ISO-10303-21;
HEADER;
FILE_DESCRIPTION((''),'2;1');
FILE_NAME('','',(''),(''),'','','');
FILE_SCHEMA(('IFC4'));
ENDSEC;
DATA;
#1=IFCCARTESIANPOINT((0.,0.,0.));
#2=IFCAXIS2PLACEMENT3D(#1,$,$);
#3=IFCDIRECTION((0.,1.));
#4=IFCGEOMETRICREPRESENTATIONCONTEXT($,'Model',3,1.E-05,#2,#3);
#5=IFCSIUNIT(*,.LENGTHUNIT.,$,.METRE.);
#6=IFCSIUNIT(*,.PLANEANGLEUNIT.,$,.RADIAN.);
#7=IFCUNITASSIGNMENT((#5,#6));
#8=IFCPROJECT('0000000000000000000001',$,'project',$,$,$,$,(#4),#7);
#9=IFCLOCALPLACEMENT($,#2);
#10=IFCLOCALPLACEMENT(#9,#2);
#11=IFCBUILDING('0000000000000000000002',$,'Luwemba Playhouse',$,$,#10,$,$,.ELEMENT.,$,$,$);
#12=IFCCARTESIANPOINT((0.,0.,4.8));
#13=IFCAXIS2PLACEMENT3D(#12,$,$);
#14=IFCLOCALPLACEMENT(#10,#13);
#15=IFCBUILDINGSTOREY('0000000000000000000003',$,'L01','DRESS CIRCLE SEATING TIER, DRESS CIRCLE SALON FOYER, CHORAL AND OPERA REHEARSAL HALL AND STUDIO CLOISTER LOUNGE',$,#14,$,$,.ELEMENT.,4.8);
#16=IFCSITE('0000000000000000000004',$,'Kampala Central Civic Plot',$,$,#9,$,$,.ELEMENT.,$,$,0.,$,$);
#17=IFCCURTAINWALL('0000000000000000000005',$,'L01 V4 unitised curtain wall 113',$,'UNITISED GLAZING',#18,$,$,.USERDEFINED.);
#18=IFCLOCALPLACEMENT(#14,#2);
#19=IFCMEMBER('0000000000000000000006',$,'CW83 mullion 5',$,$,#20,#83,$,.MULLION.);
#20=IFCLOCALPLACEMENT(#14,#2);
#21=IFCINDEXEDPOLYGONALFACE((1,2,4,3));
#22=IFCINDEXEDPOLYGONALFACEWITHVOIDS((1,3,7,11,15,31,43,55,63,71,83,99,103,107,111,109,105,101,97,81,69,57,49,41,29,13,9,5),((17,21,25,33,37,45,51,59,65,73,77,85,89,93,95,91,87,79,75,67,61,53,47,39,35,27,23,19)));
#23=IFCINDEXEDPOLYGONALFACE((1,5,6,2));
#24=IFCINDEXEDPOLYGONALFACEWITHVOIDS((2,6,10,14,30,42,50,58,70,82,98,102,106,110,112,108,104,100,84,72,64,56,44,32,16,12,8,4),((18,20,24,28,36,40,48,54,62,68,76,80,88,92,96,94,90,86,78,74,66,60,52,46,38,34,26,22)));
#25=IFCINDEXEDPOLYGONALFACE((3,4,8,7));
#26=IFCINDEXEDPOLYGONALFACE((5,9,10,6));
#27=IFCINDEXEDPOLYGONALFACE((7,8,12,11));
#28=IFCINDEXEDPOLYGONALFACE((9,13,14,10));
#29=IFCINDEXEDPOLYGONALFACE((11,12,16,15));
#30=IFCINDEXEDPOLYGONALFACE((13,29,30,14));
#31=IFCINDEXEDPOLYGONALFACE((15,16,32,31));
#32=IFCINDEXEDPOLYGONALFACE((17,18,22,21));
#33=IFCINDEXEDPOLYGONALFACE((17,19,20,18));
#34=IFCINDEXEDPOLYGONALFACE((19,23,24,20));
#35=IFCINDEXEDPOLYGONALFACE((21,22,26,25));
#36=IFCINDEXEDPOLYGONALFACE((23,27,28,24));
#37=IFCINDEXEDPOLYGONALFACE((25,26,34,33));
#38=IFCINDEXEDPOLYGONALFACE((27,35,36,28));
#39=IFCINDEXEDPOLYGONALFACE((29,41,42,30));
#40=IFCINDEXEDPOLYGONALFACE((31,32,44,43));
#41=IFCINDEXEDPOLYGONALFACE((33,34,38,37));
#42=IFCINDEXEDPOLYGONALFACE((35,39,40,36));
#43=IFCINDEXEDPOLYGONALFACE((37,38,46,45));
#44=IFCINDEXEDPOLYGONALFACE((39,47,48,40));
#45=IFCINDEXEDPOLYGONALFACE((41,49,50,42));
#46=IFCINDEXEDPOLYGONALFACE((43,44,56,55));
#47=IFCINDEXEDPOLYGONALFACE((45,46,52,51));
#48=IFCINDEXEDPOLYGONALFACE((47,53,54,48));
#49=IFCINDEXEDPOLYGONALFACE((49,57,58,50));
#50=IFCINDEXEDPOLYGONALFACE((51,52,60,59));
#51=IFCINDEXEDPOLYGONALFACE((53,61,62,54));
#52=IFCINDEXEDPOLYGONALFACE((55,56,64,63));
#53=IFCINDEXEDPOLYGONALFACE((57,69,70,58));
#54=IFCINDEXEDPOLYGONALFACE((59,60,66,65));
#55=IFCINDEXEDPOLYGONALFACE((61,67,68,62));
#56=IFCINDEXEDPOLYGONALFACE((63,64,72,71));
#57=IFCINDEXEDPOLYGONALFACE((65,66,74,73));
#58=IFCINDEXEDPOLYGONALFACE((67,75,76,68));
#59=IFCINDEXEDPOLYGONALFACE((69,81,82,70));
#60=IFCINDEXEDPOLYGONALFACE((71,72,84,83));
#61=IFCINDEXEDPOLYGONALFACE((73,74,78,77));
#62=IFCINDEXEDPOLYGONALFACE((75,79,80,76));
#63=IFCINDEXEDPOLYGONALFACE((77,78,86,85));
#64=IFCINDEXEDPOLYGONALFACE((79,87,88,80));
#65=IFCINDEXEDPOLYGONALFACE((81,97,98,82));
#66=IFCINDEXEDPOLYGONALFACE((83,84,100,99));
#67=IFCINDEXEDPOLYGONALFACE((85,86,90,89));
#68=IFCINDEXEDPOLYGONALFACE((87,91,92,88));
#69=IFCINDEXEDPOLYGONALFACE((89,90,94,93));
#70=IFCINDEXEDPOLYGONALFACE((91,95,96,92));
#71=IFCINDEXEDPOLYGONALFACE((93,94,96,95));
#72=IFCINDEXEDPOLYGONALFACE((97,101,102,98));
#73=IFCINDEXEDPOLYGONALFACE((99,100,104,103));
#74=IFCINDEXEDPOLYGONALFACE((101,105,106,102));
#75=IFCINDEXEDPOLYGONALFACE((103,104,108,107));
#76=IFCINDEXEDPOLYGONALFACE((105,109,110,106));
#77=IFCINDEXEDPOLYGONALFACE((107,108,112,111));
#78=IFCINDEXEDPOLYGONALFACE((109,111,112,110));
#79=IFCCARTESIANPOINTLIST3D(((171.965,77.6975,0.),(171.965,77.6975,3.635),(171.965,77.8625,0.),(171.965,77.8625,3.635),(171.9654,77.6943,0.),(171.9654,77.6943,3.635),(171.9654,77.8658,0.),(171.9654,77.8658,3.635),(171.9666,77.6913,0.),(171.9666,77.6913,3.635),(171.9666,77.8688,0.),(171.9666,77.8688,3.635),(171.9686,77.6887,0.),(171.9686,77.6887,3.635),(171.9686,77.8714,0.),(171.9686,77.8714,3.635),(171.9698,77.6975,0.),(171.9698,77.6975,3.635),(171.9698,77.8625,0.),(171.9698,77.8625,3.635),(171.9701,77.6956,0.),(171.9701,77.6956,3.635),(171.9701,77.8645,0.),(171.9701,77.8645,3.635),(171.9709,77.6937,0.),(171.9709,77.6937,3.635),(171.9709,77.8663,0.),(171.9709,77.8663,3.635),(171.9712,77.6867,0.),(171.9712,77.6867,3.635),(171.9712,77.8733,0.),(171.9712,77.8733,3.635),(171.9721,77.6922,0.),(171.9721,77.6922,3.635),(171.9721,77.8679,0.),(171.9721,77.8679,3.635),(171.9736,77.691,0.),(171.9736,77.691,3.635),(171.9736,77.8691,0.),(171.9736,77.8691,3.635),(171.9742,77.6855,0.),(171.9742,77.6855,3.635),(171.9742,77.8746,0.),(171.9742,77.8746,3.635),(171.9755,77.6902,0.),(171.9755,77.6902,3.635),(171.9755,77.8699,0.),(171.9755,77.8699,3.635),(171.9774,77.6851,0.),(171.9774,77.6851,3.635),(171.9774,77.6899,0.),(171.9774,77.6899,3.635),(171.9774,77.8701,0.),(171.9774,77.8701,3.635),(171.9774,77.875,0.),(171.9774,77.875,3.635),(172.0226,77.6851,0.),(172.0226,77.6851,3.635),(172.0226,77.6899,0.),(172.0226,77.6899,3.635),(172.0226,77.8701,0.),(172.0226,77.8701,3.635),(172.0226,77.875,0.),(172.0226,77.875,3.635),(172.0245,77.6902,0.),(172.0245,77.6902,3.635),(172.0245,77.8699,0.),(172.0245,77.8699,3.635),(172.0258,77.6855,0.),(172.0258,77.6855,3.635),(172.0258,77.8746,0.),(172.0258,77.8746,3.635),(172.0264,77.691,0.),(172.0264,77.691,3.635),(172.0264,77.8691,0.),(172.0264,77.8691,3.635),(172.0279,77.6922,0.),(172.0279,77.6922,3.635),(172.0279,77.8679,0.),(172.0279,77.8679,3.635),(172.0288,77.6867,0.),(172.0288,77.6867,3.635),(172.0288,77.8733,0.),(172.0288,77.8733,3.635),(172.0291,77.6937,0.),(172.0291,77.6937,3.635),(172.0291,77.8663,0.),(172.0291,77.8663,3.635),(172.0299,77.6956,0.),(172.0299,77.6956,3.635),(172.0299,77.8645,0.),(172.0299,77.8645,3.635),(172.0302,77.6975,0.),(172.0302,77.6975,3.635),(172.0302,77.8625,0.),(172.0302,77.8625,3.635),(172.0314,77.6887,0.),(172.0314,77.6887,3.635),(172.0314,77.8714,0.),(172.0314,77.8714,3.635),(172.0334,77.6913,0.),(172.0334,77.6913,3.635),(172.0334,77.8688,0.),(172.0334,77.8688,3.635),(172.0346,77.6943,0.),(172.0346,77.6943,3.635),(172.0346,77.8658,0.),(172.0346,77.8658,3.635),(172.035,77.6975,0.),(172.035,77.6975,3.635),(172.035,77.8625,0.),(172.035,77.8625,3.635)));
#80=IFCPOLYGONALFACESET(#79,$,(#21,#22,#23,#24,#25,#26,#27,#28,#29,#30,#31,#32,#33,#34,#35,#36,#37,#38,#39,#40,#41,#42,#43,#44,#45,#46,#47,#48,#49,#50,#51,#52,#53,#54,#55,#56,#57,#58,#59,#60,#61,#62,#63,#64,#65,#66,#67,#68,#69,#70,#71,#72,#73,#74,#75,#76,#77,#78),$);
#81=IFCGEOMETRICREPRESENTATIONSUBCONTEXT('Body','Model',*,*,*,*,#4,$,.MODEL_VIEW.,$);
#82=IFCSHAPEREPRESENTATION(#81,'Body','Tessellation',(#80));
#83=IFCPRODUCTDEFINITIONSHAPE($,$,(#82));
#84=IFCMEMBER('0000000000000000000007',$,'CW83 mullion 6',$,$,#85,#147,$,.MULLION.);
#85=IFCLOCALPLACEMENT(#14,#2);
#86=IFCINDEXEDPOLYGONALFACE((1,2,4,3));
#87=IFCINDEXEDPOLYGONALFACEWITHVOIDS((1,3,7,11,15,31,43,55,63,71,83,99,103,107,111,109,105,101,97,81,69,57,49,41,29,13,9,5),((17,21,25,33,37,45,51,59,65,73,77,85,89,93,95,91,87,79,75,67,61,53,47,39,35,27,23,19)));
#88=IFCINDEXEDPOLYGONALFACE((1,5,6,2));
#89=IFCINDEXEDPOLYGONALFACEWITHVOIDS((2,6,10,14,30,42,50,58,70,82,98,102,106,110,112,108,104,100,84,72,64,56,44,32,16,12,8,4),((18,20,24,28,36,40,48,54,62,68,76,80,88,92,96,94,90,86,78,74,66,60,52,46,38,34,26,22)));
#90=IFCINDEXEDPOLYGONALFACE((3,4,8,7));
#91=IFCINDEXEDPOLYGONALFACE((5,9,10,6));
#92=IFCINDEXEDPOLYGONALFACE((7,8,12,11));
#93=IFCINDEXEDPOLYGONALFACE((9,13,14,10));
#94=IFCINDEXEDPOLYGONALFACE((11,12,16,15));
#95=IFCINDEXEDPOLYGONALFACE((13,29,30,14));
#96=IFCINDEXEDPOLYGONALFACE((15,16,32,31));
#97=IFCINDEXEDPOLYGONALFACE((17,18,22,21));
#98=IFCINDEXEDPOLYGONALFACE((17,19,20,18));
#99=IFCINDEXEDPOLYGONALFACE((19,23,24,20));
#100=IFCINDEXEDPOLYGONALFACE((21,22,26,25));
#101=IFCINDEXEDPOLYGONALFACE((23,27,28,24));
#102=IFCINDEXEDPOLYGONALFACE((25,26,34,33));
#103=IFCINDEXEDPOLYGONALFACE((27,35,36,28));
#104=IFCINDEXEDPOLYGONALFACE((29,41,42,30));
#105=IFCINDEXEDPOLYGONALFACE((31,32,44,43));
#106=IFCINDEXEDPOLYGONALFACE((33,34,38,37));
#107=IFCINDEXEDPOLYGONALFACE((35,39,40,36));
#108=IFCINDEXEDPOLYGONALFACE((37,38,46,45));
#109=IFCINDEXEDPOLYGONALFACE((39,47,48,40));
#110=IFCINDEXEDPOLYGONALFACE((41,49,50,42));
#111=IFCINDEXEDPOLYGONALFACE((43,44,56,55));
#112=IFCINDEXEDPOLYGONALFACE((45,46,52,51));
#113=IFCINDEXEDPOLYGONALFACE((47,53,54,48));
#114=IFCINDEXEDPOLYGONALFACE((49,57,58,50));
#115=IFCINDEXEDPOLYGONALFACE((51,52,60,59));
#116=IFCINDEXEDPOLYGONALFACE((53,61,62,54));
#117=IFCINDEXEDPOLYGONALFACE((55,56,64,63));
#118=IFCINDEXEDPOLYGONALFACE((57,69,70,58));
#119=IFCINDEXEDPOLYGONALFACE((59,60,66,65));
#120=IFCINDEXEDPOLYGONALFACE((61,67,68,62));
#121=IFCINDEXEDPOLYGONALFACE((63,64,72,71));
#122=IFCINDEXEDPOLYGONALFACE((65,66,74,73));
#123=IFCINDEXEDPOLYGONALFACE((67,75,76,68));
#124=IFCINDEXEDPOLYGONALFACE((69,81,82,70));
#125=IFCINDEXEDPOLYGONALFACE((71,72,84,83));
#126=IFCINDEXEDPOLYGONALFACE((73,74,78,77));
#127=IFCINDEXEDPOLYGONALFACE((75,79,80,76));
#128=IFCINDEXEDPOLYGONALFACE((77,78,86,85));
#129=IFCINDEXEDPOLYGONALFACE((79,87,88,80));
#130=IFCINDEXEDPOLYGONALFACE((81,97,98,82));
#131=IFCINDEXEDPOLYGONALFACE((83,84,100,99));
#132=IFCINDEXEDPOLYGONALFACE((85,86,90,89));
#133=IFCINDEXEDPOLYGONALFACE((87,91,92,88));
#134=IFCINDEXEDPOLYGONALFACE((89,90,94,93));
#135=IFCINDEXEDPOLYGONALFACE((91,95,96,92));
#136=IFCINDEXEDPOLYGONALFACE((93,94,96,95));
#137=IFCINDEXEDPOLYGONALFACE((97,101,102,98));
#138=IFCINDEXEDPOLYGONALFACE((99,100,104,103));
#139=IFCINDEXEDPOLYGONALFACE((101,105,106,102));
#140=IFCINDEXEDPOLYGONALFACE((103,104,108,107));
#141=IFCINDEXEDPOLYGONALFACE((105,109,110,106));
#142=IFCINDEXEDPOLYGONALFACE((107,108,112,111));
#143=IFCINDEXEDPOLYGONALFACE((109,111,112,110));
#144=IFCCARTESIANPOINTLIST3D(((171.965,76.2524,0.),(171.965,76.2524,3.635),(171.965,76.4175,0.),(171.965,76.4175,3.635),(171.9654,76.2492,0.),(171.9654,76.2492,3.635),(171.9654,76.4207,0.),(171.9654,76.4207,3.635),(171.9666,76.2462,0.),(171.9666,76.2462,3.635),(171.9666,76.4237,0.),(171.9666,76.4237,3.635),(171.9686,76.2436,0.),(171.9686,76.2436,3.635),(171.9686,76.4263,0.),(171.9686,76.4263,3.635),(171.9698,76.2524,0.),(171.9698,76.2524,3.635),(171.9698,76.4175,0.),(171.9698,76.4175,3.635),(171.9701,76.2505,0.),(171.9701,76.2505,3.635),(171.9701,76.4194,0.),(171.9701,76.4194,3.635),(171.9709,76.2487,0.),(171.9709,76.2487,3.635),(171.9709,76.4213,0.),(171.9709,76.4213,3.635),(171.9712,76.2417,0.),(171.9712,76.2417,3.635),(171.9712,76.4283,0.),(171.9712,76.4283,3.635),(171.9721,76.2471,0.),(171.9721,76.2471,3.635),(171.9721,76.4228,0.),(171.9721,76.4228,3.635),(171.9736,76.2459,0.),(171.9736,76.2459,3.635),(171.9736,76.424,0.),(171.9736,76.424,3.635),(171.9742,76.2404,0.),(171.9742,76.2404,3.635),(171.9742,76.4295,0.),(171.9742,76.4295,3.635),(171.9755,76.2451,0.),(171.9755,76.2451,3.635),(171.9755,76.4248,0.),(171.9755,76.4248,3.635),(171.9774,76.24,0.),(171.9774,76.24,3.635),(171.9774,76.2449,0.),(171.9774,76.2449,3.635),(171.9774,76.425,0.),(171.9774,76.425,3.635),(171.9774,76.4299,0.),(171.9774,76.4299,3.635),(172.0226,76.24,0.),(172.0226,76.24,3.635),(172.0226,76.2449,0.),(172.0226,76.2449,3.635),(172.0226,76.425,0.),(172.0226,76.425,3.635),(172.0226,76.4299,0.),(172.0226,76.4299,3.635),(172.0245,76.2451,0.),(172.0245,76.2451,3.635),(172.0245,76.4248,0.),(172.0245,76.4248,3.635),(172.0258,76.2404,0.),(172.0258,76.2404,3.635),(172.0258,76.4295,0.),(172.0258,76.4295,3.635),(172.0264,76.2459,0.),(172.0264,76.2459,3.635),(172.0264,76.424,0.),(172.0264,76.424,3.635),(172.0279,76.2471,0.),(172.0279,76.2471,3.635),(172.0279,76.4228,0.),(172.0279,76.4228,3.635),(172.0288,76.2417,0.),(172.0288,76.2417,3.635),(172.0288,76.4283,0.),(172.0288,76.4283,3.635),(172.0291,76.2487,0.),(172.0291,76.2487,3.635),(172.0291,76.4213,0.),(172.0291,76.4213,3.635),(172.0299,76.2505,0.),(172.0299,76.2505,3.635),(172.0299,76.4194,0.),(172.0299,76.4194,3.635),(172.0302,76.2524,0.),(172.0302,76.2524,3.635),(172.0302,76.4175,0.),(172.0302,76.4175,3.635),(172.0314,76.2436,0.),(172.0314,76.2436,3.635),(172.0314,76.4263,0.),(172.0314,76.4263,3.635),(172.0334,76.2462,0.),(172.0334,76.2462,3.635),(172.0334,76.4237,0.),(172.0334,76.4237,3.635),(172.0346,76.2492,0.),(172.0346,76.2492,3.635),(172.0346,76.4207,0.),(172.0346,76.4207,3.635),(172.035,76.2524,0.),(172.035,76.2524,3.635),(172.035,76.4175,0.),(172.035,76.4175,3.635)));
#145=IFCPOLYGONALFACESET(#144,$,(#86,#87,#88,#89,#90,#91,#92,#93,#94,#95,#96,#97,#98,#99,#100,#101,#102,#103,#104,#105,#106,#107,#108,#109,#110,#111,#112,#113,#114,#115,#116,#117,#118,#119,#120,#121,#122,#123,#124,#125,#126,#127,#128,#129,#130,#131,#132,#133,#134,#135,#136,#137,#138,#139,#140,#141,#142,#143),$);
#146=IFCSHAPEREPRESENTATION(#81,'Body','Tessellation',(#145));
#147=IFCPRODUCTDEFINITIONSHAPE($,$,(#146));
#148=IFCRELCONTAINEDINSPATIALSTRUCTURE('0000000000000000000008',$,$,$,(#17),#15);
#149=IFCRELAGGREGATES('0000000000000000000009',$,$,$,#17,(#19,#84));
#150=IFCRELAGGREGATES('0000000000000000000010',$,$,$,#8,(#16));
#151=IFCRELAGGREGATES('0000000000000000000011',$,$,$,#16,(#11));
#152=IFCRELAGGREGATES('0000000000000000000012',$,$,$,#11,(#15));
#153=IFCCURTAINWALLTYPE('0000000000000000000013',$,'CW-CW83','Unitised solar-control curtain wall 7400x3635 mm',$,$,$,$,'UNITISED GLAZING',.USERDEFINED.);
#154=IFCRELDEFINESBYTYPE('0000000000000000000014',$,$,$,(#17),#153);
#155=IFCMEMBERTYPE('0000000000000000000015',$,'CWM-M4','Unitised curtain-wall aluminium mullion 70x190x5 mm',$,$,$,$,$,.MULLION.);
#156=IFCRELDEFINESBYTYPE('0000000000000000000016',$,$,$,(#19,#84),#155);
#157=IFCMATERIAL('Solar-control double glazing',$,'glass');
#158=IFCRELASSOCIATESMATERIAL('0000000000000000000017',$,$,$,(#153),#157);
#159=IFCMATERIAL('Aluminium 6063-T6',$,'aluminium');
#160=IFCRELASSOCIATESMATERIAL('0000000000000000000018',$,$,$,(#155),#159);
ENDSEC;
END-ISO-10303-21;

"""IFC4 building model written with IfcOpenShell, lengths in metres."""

from ifc_helpers import new_model, si_unit, direction, frame, origin, origin_2d, place, context, subcontext, project, spatial, hollow_rectangle, extrude, material, material_profile, profile_set, type_object, element, aggregate, save


model = new_model("IFC4")

# Units and contexts
model_context = context("Model", 3, precision=1e-05, world=origin(), true_north=direction((0.0, 1.0)))
body_context = subcontext(model_context, "Body", "Model", "MODEL_VIEW")
ifc_project = project(units=[si_unit("LENGTHUNIT", "METRE"), si_unit("PLANEANGLEUNIT", "RADIAN")], contexts=[model_context])

# Site, building, storey
site_placement = place(None, origin())
site = spatial("IfcSite", under=ifc_project, at=site_placement, Name="Kampala Central Civic Plot", CompositionType="ELEMENT", RefElevation=0.0)
building_placement = place(site_placement, origin())
building = spatial("IfcBuilding", under=site, at=building_placement, Name="Luwemba Playhouse", CompositionType="ELEMENT")
storey_placement = place(building_placement, frame((0.0, 0.0, 4.8)))
storey = spatial("IfcBuildingStorey", under=building, at=storey_placement, Name="L01", Description="DRESS CIRCLE SEATING TIER, DRESS CIRCLE SALON FOYER, CHORAL AND OPERA REHEARSAL HALL AND STUDIO CLOISTER LOUNGE", CompositionType="ELEMENT", Elevation=4.8)

# Curtain wall, members
ifc_material_1 = material(Name="Solar-control double glazing", Category="glass")
curtain_wall_type = type_object("IfcCurtainWallType", Name="CW-CW83", Description="Unitised solar-control curtain wall 7400x3635 mm", ElementType="UNITISED GLAZING", PredefinedType="USERDEFINED", material=ifc_material_1)
curtain_wall_placement = place(storey_placement, origin())
curtain_wall = element("IfcCurtainWall", 1, at=curtain_wall_placement, inside=storey, type_object=curtain_wall_type, Name="L01 V4 unitised curtain wall 113", ObjectType="UNITISED GLAZING", PredefinedType="USERDEFINED")
ifc_material_2 = material(Name="Aluminium 6063-T6", Category="aluminium")
ifc_material_profile_1 = material_profile(ifc_material_2, hollow_rectangle(XDim=0.0701, YDim=0.1899, WallThickness=0.0049, InnerFilletRadius=0.0076, OuterFilletRadius=0.0125, at=origin_2d()))
ifc_profile_set_1 = profile_set([ifc_material_profile_1], Name="Aluminium 6063-T6")
member_type_1 = type_object("IfcMemberType", Name="CWM-M4", Description="Unitised curtain-wall aluminium mullion 70x190x5 mm", PredefinedType="MULLION", material=ifc_profile_set_1)
member_1_placement = place(storey_placement, frame((172.0, 77.78, 0.0), z_axis=(0.0, 0.0, 1.0), x_axis=(1.0, 0.0, 0.0)))
member_1 = element("IfcMember", 2, at=member_1_placement, type_object=member_type_1, Name="CW83 mullion 5", PredefinedType="MULLION", context=body_context, shape_type="SweptSolid", body=[
    extrude(hollow_rectangle(XDim=0.0701, YDim=0.1899, WallThickness=0.0049, InnerFilletRadius=0.0076, OuterFilletRadius=0.0125, at=origin_2d()), origin(), (0.0, 0.0, 1.0), 3.635),
])
member_2_placement = place(storey_placement, frame((172.0, 76.335, 0.0), z_axis=(0.0, 0.0, 1.0), x_axis=(1.0, 0.0, 0.0)))
member_2 = element("IfcMember", 3, at=member_2_placement, type_object=member_type_1, Name="CW83 mullion 6", PredefinedType="MULLION", context=body_context, shape_type="SweptSolid", body=[
    extrude(hollow_rectangle(XDim=0.0701, YDim=0.1899, WallThickness=0.0049, InnerFilletRadius=0.0076, OuterFilletRadius=0.0125, at=origin_2d()), origin(), (0.0, 0.0, 1.0), 3.635),
])
aggregate(curtain_wall, [member_1, member_2])

save(model, "model.ifc")
